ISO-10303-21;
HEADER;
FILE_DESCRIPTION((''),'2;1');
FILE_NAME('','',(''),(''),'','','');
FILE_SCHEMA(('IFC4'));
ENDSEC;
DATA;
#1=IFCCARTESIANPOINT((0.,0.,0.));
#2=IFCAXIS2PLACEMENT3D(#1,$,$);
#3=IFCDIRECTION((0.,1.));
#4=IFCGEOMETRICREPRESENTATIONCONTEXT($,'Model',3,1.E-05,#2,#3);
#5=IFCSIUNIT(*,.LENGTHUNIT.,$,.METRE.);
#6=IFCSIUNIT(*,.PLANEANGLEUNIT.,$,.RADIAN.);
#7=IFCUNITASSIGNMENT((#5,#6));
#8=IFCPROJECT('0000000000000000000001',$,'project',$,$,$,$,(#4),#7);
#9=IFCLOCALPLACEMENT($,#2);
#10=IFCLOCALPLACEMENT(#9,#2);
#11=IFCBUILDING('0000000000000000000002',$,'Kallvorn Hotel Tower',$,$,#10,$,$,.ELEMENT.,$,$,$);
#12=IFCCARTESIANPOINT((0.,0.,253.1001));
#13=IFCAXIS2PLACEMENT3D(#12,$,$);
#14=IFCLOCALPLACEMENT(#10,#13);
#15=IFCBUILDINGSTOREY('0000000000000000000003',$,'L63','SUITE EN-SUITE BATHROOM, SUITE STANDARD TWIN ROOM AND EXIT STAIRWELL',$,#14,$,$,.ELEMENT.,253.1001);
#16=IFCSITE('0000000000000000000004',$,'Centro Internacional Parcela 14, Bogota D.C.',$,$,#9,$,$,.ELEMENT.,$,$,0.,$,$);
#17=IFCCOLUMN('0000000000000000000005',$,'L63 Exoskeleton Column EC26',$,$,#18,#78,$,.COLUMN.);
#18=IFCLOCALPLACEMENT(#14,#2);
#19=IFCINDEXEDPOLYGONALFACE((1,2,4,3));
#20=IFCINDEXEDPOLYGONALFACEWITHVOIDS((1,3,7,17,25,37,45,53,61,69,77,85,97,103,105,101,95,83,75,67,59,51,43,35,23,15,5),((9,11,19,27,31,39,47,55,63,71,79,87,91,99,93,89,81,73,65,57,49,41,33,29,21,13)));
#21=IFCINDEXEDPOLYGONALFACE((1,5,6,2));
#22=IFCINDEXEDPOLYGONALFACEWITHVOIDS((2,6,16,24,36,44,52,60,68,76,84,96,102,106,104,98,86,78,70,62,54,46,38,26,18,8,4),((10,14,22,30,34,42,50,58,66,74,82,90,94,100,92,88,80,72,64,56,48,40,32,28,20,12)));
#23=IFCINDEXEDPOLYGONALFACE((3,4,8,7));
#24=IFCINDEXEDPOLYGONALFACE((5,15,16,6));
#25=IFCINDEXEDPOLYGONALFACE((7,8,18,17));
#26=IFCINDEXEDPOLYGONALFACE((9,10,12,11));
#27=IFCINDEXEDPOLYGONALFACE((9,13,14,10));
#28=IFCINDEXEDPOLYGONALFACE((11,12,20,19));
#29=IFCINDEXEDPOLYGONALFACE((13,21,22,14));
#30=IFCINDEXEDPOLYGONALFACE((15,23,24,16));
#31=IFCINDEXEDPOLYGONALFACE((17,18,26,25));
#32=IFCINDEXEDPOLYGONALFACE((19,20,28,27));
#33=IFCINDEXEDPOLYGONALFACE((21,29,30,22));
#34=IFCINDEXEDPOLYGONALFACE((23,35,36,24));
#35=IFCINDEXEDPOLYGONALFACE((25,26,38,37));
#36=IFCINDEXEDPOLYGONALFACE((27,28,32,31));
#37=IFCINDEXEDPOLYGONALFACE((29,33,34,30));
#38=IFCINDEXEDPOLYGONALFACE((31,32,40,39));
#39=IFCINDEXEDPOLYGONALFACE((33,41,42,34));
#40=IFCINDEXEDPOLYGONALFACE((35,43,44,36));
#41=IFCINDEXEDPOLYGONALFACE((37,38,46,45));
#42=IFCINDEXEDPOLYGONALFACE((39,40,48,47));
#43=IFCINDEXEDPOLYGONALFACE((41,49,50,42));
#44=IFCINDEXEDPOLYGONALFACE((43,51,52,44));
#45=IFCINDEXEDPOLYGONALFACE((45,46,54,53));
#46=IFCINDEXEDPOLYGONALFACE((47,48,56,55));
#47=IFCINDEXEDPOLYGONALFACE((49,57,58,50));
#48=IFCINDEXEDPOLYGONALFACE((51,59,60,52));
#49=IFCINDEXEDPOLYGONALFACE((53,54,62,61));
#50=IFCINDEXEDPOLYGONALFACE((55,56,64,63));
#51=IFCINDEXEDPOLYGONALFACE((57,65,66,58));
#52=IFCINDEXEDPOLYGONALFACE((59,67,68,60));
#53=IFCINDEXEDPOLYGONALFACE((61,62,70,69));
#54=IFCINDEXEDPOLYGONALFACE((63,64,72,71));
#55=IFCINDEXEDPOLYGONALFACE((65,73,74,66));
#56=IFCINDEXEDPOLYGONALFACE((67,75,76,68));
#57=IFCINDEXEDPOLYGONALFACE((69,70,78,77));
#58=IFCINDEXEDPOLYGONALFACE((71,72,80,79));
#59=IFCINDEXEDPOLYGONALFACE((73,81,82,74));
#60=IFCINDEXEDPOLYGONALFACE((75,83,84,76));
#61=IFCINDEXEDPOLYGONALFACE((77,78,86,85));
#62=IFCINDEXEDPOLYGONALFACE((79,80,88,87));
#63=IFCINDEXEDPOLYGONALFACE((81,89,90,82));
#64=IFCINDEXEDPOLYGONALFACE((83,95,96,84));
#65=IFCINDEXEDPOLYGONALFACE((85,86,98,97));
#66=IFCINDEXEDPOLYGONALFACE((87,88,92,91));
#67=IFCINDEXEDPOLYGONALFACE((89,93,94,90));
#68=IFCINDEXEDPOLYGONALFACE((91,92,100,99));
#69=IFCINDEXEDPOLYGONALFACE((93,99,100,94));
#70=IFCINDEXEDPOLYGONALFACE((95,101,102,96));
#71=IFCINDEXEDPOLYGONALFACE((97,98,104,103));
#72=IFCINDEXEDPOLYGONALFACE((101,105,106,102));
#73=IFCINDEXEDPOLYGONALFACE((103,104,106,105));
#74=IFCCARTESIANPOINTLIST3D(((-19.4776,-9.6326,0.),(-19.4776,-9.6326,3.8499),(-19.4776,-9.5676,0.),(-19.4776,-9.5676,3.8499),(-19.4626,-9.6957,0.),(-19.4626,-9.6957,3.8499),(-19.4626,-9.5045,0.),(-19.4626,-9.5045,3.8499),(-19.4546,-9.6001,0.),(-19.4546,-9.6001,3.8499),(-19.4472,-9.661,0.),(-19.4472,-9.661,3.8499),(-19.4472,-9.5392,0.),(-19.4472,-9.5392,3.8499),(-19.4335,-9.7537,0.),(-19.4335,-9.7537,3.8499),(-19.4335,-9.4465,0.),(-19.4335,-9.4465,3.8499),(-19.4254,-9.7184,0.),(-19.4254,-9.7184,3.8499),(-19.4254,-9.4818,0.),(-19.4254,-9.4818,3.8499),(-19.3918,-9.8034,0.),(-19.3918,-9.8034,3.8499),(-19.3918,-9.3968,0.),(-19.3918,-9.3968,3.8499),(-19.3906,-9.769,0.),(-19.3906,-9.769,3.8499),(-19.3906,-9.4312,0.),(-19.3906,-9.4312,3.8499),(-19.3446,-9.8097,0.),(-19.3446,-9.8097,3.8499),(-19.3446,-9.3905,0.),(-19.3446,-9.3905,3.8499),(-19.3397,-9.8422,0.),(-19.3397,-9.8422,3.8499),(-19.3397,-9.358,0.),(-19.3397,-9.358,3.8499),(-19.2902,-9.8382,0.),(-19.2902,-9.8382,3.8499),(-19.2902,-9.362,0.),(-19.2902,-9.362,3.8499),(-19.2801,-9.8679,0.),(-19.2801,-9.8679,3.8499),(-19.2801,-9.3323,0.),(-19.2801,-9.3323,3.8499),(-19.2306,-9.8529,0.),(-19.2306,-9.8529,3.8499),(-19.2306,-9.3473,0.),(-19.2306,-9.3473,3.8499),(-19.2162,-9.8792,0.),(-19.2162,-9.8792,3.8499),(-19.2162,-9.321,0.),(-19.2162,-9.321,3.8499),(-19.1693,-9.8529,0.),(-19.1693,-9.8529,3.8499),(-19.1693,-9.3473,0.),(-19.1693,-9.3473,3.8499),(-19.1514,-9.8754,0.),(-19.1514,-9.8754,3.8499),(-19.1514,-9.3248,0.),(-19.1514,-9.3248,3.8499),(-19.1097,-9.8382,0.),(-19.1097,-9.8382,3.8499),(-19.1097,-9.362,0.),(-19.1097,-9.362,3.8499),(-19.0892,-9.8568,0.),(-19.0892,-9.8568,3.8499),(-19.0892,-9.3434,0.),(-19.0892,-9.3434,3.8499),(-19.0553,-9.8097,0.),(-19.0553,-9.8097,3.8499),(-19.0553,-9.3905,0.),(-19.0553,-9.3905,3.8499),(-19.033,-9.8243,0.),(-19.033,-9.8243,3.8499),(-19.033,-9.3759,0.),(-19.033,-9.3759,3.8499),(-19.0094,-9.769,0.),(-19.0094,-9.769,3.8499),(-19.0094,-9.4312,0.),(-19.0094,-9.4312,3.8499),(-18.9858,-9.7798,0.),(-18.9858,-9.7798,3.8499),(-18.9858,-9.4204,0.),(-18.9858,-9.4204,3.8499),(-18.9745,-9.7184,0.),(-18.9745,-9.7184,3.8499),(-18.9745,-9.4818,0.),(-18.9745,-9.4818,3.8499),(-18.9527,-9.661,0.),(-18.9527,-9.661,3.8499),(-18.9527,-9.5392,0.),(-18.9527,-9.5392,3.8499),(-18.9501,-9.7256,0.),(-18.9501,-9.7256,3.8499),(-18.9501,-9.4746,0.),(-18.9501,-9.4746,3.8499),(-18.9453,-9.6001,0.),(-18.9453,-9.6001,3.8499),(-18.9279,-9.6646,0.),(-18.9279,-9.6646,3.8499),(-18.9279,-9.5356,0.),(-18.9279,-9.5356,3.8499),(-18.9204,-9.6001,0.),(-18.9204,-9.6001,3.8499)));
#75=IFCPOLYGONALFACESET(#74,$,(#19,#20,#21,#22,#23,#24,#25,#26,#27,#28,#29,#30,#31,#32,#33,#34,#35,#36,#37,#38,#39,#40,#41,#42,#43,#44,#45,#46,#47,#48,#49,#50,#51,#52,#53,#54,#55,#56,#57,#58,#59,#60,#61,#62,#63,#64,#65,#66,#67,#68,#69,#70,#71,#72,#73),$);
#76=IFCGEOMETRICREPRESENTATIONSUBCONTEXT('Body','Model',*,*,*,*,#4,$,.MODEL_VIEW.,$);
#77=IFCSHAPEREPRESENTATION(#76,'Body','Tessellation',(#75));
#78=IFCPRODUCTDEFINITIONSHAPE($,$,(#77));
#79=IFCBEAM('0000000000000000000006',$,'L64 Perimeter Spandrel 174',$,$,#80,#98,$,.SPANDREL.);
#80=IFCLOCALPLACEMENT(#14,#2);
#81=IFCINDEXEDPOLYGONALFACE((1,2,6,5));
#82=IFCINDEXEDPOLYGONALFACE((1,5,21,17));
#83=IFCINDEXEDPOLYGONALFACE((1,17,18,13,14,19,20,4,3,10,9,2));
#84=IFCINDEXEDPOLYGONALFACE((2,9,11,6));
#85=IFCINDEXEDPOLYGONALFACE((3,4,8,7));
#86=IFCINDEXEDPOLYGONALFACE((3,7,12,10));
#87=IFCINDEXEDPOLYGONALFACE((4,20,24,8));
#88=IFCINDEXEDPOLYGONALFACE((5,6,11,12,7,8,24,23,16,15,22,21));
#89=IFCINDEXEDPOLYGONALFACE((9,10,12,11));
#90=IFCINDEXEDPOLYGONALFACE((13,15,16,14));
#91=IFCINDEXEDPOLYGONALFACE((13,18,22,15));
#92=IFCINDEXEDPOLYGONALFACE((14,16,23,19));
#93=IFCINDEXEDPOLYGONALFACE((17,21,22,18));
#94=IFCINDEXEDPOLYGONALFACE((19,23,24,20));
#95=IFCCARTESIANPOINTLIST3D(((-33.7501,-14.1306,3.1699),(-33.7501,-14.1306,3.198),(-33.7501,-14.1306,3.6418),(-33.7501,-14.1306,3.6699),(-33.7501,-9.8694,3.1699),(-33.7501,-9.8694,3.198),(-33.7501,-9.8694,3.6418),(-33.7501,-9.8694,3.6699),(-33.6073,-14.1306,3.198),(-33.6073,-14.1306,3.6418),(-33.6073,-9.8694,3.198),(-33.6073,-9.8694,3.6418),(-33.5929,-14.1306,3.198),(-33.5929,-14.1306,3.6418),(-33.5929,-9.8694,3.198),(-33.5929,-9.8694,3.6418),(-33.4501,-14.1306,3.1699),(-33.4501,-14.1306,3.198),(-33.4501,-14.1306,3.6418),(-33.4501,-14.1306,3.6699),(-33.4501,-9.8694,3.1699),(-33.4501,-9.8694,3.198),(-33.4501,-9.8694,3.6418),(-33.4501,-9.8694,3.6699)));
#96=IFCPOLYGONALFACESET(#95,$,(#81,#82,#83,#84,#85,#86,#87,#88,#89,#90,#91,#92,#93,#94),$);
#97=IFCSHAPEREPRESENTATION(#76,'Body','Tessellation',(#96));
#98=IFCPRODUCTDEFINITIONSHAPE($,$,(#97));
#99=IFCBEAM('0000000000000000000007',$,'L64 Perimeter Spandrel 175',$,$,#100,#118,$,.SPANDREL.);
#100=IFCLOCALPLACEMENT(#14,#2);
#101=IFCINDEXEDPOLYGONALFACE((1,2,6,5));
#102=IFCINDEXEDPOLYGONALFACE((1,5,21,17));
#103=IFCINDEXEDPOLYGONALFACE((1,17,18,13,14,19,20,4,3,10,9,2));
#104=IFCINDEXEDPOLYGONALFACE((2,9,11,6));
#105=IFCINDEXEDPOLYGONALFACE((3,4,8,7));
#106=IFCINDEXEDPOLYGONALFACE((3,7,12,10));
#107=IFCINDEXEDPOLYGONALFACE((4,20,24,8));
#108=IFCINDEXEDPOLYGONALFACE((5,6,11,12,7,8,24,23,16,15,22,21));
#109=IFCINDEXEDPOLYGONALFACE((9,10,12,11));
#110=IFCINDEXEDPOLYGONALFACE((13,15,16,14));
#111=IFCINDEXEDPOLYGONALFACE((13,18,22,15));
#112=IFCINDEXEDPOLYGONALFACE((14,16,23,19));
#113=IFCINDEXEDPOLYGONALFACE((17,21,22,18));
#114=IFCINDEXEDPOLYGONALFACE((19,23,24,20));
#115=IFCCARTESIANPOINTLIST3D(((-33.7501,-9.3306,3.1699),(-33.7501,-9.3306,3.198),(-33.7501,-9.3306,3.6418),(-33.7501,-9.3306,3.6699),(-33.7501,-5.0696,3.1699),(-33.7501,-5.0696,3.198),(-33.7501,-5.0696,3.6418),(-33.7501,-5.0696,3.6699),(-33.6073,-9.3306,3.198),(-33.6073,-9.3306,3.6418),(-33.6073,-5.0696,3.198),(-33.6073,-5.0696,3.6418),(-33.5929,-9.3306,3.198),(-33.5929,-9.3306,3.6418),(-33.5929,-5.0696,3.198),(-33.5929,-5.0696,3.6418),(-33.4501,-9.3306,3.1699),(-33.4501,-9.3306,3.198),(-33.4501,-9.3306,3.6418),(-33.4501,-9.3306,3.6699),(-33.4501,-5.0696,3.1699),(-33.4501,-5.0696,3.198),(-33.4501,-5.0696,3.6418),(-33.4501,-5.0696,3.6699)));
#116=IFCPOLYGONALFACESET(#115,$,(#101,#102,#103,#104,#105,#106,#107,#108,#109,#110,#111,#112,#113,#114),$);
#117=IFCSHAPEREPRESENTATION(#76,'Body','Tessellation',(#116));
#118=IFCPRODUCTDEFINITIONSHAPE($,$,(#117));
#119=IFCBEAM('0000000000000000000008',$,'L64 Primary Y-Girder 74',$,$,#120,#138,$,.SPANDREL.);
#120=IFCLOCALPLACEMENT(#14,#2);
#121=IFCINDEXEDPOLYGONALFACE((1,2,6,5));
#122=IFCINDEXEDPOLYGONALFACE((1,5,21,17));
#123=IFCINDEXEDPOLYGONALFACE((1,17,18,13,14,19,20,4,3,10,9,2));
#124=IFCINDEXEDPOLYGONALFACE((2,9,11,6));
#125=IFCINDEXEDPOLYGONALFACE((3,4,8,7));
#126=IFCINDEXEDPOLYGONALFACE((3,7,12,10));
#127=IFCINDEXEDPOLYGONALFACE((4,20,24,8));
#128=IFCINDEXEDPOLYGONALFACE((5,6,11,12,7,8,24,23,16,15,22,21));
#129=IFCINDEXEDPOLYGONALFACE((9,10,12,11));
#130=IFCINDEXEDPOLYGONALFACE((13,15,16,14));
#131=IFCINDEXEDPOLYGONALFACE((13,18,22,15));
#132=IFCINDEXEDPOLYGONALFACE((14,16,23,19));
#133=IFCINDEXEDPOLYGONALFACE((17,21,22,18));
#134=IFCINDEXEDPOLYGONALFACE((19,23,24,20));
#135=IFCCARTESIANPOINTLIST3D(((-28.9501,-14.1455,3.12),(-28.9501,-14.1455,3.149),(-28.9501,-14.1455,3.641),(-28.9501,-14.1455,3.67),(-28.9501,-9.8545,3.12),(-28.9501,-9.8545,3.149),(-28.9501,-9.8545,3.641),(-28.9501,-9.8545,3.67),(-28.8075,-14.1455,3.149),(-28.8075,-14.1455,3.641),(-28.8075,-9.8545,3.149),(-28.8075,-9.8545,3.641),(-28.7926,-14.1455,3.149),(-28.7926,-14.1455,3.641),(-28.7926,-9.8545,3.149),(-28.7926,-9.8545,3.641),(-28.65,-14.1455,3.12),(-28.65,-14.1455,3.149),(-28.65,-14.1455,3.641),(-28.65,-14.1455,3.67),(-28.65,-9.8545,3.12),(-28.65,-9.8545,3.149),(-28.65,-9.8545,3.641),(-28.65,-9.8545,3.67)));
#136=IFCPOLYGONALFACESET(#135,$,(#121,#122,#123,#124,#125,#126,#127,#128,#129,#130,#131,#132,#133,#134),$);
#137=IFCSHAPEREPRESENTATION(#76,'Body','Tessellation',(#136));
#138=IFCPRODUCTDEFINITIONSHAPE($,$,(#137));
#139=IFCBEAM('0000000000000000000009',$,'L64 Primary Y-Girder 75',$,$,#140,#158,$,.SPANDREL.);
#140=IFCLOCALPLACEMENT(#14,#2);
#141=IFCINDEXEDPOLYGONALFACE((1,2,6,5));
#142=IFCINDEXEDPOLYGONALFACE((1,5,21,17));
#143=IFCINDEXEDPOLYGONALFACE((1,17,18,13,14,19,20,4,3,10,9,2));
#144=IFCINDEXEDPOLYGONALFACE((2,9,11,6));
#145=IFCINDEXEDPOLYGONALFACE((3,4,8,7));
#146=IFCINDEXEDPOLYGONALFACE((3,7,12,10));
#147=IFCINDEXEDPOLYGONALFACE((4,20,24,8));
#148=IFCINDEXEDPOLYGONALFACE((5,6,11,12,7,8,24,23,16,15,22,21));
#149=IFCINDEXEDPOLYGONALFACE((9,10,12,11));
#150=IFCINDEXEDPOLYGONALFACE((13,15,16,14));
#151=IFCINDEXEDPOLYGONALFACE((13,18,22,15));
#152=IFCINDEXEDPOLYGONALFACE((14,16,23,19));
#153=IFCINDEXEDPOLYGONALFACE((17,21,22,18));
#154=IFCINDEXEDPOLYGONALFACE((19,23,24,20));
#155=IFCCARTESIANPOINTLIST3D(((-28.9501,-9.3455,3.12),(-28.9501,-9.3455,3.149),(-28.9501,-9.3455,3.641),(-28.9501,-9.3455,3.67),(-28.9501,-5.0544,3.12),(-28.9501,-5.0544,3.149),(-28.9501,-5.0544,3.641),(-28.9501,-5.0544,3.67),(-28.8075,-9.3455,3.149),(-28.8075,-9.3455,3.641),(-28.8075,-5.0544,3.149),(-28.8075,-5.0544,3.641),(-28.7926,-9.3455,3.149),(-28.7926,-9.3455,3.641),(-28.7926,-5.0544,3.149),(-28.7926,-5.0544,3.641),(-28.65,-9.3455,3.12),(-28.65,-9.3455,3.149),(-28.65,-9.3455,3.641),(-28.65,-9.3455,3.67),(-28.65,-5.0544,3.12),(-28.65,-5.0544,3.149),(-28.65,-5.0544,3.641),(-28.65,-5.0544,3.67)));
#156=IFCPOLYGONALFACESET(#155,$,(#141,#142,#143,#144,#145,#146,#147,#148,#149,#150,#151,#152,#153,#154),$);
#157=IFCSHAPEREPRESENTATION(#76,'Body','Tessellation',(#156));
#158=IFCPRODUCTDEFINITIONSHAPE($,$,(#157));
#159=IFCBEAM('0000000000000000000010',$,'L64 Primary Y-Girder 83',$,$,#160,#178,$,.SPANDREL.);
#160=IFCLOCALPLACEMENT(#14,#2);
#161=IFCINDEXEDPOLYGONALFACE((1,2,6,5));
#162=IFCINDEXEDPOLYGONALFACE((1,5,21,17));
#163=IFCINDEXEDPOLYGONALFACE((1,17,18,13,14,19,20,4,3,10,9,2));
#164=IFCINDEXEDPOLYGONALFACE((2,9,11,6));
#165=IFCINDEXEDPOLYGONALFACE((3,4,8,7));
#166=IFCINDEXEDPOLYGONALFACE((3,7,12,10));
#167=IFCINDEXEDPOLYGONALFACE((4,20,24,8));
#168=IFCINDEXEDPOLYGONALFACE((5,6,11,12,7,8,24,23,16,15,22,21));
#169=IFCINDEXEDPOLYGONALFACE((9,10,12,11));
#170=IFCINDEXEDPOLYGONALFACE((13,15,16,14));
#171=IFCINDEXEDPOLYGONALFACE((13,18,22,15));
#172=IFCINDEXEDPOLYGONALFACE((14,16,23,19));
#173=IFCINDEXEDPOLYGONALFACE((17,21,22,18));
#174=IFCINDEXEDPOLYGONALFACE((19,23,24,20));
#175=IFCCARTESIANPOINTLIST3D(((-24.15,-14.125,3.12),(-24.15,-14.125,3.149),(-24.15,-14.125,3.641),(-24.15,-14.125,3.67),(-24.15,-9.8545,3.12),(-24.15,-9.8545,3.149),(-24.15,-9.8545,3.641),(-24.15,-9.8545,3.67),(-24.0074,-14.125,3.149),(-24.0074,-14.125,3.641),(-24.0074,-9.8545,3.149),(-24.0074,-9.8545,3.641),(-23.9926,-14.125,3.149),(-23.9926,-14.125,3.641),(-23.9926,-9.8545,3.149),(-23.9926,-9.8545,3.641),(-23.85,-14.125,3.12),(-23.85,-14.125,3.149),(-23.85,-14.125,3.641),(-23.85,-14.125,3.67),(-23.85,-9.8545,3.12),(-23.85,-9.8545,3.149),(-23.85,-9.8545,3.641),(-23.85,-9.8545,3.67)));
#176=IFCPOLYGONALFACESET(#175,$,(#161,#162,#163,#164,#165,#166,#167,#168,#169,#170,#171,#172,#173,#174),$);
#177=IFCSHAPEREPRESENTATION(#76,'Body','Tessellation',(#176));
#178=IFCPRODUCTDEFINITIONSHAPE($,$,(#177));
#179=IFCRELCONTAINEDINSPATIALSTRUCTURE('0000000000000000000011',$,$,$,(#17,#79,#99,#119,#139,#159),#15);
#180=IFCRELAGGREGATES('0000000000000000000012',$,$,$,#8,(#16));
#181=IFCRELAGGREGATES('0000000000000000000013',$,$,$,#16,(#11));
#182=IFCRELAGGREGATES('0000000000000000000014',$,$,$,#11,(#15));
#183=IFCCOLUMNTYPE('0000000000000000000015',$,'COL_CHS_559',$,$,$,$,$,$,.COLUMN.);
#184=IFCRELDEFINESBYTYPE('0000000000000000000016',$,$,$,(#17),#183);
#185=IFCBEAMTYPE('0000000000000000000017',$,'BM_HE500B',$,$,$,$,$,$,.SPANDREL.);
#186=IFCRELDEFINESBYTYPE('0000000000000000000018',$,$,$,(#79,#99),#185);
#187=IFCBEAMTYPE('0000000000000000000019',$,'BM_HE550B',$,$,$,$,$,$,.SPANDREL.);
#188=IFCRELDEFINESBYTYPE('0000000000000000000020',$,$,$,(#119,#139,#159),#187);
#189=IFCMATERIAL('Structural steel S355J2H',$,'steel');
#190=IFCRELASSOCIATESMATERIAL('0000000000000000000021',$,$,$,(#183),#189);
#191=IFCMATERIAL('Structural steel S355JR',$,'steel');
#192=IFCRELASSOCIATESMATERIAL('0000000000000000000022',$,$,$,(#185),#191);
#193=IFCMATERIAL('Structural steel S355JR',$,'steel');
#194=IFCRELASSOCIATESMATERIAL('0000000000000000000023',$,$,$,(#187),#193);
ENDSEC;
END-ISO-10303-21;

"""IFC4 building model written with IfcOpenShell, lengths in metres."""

from ifc_helpers import new_model, si_unit, direction, frame, origin, origin_2d, place, context, subcontext, project, spatial, hollow_circle, i_section, extrude, material, material_profile, profile_set, type_object, element, save


model = new_model("IFC4")

# Units and contexts
model_context = context("Model", 3, precision=1e-05, world=origin(), true_north=direction((0.0, 1.0)))
body_context = subcontext(model_context, "Body", "Model", "MODEL_VIEW")
ifc_project = project(units=[si_unit("LENGTHUNIT", "METRE"), si_unit("PLANEANGLEUNIT", "RADIAN")], contexts=[model_context])

# Site, building, storey
site_placement = place(None, origin())
site = spatial("IfcSite", under=ifc_project, at=site_placement, Name="Centro Internacional Parcela 14, Bogota D.C.", CompositionType="ELEMENT", RefElevation=0.0)
building_placement = place(site_placement, origin())
building = spatial("IfcBuilding", under=site, at=building_placement, Name="Kallvorn Hotel Tower", CompositionType="ELEMENT")
storey_placement = place(building_placement, frame((0.0, 0.0, 253.1001)))
storey = spatial("IfcBuildingStorey", under=building, at=storey_placement, Name="L63", Description="SUITE EN-SUITE BATHROOM, SUITE STANDARD TWIN ROOM AND EXIT STAIRWELL", CompositionType="ELEMENT", Elevation=253.1001)

# Column
ifc_material_1 = material(Name="Structural steel S355J2H", Category="steel")
ifc_material_profile_1 = material_profile(ifc_material_1, hollow_circle(Radius=0.2795, WallThickness=0.0249, at=origin_2d()), Name="CHS 559x25")
ifc_profile_set_1 = profile_set([ifc_material_profile_1], Name="Structural steel S355J2H")
column_type = type_object("IfcColumnType", Name="COL_CHS_559", PredefinedType="COLUMN", material=ifc_profile_set_1)
for number, where, z_axis, x_axis, name in (
    (1, (-19.2, -9.6001, 0.0), (0.0, 0.0, 1.0), (1.0, 0.0, 0.0), "L63 Exoskeleton Column EC26"),
):
    element("IfcColumn", number, at=place(storey_placement, frame(where, z_axis=z_axis, x_axis=x_axis)), inside=storey, type_object=column_type, Name=name, PredefinedType="COLUMN", context=body_context, shape_type="SweptSolid", body=[
        extrude(hollow_circle(Radius=0.2795, WallThickness=0.0249, at=origin_2d()), origin(), (0.0, 0.0, 1.0), 3.8499),
    ])

# Beams
ifc_material_2 = material(Name="Structural steel S355JR", Category="steel")
ifc_material_profile_2 = material_profile(ifc_material_2, i_section(OverallWidth=0.3, OverallDepth=0.5, WebThickness=0.0144, FlangeThickness=0.0281, at=origin_2d()), Name="HE 500 B")
ifc_profile_set_2 = profile_set([ifc_material_profile_2], Name="Structural steel S355JR")
beam_type_1 = type_object("IfcBeamType", Name="BM_HE500B", PredefinedType="SPANDREL", material=ifc_profile_set_2)
beam_1_placement = place(storey_placement, frame((-33.6001, -14.1306, 3.4199), z_axis=(0.0, 1.0, 0.0), x_axis=(-1.0, 0.0, 0.0)))
element("IfcBeam", 2, at=beam_1_placement, inside=storey, type_object=beam_type_1, Name="L64 Perimeter Spandrel 174", PredefinedType="SPANDREL", context=body_context, shape_type="SweptSolid", body=[
    extrude(i_section(OverallWidth=0.3, OverallDepth=0.5, WebThickness=0.0144, FlangeThickness=0.0281, at=origin_2d()), origin(), (0.0, 0.0, 1.0), 4.2612),
])
beam_2_placement = place(storey_placement, frame((-33.6001, -9.3306, 3.4199), z_axis=(0.0, 1.0, 0.0), x_axis=(-1.0, 0.0, 0.0)))
element("IfcBeam", 3, at=beam_2_placement, inside=storey, type_object=beam_type_1, Name="L64 Perimeter Spandrel 175", PredefinedType="SPANDREL", context=body_context, shape_type="SweptSolid", body=[
    extrude(i_section(OverallWidth=0.3, OverallDepth=0.5, WebThickness=0.0144, FlangeThickness=0.0281, at=origin_2d()), origin(), (0.0, 0.0, 1.0), 4.261),
])
ifc_material_3 = material(Name="Structural steel S355JR", Category="steel")
ifc_material_profile_3 = material_profile(ifc_material_3, i_section(OverallWidth=0.3, OverallDepth=0.55, WebThickness=0.0149, FlangeThickness=0.0291, at=origin_2d()), Name="HE 550 B")
ifc_profile_set_3 = profile_set([ifc_material_profile_3], Name="Structural steel S355JR")
beam_type_2 = type_object("IfcBeamType", Name="BM_HE550B", PredefinedType="SPANDREL", material=ifc_profile_set_3)
for number, where, z_axis, x_axis, name in (
    (4, (-28.8, -14.1455, 3.395), (0.0, 1.0, 0.0), (-1.0, 0.0, 0.0), "L64 Primary Y-Girder 74"),
    (5, (-28.8, -9.3455, 3.395), (0.0, 1.0, 0.0), (-1.0, 0.0, 0.0), "L64 Primary Y-Girder 75"),
):
    element("IfcBeam", number, at=place(storey_placement, frame(where, z_axis=z_axis, x_axis=x_axis)), inside=storey, type_object=beam_type_2, Name=name, PredefinedType="SPANDREL", context=body_context, shape_type="SweptSolid", body=[
        extrude(i_section(OverallWidth=0.3, OverallDepth=0.55, WebThickness=0.0149, FlangeThickness=0.0291, at=origin_2d()), origin(), (0.0, 0.0, 1.0), 4.291),
    ])
beam_3_placement = place(storey_placement, frame((-24.0, -14.125, 3.395), z_axis=(0.0, 1.0, 0.0), x_axis=(-1.0, 0.0, 0.0)))
element("IfcBeam", 6, at=beam_3_placement, inside=storey, type_object=beam_type_2, Name="L64 Primary Y-Girder 83", PredefinedType="SPANDREL", context=body_context, shape_type="SweptSolid", body=[
    extrude(i_section(OverallWidth=0.3, OverallDepth=0.55, WebThickness=0.0149, FlangeThickness=0.0291, at=origin_2d()), origin(), (0.0, 0.0, 1.0), 4.2705),
])

save(model, "model.ifc")
